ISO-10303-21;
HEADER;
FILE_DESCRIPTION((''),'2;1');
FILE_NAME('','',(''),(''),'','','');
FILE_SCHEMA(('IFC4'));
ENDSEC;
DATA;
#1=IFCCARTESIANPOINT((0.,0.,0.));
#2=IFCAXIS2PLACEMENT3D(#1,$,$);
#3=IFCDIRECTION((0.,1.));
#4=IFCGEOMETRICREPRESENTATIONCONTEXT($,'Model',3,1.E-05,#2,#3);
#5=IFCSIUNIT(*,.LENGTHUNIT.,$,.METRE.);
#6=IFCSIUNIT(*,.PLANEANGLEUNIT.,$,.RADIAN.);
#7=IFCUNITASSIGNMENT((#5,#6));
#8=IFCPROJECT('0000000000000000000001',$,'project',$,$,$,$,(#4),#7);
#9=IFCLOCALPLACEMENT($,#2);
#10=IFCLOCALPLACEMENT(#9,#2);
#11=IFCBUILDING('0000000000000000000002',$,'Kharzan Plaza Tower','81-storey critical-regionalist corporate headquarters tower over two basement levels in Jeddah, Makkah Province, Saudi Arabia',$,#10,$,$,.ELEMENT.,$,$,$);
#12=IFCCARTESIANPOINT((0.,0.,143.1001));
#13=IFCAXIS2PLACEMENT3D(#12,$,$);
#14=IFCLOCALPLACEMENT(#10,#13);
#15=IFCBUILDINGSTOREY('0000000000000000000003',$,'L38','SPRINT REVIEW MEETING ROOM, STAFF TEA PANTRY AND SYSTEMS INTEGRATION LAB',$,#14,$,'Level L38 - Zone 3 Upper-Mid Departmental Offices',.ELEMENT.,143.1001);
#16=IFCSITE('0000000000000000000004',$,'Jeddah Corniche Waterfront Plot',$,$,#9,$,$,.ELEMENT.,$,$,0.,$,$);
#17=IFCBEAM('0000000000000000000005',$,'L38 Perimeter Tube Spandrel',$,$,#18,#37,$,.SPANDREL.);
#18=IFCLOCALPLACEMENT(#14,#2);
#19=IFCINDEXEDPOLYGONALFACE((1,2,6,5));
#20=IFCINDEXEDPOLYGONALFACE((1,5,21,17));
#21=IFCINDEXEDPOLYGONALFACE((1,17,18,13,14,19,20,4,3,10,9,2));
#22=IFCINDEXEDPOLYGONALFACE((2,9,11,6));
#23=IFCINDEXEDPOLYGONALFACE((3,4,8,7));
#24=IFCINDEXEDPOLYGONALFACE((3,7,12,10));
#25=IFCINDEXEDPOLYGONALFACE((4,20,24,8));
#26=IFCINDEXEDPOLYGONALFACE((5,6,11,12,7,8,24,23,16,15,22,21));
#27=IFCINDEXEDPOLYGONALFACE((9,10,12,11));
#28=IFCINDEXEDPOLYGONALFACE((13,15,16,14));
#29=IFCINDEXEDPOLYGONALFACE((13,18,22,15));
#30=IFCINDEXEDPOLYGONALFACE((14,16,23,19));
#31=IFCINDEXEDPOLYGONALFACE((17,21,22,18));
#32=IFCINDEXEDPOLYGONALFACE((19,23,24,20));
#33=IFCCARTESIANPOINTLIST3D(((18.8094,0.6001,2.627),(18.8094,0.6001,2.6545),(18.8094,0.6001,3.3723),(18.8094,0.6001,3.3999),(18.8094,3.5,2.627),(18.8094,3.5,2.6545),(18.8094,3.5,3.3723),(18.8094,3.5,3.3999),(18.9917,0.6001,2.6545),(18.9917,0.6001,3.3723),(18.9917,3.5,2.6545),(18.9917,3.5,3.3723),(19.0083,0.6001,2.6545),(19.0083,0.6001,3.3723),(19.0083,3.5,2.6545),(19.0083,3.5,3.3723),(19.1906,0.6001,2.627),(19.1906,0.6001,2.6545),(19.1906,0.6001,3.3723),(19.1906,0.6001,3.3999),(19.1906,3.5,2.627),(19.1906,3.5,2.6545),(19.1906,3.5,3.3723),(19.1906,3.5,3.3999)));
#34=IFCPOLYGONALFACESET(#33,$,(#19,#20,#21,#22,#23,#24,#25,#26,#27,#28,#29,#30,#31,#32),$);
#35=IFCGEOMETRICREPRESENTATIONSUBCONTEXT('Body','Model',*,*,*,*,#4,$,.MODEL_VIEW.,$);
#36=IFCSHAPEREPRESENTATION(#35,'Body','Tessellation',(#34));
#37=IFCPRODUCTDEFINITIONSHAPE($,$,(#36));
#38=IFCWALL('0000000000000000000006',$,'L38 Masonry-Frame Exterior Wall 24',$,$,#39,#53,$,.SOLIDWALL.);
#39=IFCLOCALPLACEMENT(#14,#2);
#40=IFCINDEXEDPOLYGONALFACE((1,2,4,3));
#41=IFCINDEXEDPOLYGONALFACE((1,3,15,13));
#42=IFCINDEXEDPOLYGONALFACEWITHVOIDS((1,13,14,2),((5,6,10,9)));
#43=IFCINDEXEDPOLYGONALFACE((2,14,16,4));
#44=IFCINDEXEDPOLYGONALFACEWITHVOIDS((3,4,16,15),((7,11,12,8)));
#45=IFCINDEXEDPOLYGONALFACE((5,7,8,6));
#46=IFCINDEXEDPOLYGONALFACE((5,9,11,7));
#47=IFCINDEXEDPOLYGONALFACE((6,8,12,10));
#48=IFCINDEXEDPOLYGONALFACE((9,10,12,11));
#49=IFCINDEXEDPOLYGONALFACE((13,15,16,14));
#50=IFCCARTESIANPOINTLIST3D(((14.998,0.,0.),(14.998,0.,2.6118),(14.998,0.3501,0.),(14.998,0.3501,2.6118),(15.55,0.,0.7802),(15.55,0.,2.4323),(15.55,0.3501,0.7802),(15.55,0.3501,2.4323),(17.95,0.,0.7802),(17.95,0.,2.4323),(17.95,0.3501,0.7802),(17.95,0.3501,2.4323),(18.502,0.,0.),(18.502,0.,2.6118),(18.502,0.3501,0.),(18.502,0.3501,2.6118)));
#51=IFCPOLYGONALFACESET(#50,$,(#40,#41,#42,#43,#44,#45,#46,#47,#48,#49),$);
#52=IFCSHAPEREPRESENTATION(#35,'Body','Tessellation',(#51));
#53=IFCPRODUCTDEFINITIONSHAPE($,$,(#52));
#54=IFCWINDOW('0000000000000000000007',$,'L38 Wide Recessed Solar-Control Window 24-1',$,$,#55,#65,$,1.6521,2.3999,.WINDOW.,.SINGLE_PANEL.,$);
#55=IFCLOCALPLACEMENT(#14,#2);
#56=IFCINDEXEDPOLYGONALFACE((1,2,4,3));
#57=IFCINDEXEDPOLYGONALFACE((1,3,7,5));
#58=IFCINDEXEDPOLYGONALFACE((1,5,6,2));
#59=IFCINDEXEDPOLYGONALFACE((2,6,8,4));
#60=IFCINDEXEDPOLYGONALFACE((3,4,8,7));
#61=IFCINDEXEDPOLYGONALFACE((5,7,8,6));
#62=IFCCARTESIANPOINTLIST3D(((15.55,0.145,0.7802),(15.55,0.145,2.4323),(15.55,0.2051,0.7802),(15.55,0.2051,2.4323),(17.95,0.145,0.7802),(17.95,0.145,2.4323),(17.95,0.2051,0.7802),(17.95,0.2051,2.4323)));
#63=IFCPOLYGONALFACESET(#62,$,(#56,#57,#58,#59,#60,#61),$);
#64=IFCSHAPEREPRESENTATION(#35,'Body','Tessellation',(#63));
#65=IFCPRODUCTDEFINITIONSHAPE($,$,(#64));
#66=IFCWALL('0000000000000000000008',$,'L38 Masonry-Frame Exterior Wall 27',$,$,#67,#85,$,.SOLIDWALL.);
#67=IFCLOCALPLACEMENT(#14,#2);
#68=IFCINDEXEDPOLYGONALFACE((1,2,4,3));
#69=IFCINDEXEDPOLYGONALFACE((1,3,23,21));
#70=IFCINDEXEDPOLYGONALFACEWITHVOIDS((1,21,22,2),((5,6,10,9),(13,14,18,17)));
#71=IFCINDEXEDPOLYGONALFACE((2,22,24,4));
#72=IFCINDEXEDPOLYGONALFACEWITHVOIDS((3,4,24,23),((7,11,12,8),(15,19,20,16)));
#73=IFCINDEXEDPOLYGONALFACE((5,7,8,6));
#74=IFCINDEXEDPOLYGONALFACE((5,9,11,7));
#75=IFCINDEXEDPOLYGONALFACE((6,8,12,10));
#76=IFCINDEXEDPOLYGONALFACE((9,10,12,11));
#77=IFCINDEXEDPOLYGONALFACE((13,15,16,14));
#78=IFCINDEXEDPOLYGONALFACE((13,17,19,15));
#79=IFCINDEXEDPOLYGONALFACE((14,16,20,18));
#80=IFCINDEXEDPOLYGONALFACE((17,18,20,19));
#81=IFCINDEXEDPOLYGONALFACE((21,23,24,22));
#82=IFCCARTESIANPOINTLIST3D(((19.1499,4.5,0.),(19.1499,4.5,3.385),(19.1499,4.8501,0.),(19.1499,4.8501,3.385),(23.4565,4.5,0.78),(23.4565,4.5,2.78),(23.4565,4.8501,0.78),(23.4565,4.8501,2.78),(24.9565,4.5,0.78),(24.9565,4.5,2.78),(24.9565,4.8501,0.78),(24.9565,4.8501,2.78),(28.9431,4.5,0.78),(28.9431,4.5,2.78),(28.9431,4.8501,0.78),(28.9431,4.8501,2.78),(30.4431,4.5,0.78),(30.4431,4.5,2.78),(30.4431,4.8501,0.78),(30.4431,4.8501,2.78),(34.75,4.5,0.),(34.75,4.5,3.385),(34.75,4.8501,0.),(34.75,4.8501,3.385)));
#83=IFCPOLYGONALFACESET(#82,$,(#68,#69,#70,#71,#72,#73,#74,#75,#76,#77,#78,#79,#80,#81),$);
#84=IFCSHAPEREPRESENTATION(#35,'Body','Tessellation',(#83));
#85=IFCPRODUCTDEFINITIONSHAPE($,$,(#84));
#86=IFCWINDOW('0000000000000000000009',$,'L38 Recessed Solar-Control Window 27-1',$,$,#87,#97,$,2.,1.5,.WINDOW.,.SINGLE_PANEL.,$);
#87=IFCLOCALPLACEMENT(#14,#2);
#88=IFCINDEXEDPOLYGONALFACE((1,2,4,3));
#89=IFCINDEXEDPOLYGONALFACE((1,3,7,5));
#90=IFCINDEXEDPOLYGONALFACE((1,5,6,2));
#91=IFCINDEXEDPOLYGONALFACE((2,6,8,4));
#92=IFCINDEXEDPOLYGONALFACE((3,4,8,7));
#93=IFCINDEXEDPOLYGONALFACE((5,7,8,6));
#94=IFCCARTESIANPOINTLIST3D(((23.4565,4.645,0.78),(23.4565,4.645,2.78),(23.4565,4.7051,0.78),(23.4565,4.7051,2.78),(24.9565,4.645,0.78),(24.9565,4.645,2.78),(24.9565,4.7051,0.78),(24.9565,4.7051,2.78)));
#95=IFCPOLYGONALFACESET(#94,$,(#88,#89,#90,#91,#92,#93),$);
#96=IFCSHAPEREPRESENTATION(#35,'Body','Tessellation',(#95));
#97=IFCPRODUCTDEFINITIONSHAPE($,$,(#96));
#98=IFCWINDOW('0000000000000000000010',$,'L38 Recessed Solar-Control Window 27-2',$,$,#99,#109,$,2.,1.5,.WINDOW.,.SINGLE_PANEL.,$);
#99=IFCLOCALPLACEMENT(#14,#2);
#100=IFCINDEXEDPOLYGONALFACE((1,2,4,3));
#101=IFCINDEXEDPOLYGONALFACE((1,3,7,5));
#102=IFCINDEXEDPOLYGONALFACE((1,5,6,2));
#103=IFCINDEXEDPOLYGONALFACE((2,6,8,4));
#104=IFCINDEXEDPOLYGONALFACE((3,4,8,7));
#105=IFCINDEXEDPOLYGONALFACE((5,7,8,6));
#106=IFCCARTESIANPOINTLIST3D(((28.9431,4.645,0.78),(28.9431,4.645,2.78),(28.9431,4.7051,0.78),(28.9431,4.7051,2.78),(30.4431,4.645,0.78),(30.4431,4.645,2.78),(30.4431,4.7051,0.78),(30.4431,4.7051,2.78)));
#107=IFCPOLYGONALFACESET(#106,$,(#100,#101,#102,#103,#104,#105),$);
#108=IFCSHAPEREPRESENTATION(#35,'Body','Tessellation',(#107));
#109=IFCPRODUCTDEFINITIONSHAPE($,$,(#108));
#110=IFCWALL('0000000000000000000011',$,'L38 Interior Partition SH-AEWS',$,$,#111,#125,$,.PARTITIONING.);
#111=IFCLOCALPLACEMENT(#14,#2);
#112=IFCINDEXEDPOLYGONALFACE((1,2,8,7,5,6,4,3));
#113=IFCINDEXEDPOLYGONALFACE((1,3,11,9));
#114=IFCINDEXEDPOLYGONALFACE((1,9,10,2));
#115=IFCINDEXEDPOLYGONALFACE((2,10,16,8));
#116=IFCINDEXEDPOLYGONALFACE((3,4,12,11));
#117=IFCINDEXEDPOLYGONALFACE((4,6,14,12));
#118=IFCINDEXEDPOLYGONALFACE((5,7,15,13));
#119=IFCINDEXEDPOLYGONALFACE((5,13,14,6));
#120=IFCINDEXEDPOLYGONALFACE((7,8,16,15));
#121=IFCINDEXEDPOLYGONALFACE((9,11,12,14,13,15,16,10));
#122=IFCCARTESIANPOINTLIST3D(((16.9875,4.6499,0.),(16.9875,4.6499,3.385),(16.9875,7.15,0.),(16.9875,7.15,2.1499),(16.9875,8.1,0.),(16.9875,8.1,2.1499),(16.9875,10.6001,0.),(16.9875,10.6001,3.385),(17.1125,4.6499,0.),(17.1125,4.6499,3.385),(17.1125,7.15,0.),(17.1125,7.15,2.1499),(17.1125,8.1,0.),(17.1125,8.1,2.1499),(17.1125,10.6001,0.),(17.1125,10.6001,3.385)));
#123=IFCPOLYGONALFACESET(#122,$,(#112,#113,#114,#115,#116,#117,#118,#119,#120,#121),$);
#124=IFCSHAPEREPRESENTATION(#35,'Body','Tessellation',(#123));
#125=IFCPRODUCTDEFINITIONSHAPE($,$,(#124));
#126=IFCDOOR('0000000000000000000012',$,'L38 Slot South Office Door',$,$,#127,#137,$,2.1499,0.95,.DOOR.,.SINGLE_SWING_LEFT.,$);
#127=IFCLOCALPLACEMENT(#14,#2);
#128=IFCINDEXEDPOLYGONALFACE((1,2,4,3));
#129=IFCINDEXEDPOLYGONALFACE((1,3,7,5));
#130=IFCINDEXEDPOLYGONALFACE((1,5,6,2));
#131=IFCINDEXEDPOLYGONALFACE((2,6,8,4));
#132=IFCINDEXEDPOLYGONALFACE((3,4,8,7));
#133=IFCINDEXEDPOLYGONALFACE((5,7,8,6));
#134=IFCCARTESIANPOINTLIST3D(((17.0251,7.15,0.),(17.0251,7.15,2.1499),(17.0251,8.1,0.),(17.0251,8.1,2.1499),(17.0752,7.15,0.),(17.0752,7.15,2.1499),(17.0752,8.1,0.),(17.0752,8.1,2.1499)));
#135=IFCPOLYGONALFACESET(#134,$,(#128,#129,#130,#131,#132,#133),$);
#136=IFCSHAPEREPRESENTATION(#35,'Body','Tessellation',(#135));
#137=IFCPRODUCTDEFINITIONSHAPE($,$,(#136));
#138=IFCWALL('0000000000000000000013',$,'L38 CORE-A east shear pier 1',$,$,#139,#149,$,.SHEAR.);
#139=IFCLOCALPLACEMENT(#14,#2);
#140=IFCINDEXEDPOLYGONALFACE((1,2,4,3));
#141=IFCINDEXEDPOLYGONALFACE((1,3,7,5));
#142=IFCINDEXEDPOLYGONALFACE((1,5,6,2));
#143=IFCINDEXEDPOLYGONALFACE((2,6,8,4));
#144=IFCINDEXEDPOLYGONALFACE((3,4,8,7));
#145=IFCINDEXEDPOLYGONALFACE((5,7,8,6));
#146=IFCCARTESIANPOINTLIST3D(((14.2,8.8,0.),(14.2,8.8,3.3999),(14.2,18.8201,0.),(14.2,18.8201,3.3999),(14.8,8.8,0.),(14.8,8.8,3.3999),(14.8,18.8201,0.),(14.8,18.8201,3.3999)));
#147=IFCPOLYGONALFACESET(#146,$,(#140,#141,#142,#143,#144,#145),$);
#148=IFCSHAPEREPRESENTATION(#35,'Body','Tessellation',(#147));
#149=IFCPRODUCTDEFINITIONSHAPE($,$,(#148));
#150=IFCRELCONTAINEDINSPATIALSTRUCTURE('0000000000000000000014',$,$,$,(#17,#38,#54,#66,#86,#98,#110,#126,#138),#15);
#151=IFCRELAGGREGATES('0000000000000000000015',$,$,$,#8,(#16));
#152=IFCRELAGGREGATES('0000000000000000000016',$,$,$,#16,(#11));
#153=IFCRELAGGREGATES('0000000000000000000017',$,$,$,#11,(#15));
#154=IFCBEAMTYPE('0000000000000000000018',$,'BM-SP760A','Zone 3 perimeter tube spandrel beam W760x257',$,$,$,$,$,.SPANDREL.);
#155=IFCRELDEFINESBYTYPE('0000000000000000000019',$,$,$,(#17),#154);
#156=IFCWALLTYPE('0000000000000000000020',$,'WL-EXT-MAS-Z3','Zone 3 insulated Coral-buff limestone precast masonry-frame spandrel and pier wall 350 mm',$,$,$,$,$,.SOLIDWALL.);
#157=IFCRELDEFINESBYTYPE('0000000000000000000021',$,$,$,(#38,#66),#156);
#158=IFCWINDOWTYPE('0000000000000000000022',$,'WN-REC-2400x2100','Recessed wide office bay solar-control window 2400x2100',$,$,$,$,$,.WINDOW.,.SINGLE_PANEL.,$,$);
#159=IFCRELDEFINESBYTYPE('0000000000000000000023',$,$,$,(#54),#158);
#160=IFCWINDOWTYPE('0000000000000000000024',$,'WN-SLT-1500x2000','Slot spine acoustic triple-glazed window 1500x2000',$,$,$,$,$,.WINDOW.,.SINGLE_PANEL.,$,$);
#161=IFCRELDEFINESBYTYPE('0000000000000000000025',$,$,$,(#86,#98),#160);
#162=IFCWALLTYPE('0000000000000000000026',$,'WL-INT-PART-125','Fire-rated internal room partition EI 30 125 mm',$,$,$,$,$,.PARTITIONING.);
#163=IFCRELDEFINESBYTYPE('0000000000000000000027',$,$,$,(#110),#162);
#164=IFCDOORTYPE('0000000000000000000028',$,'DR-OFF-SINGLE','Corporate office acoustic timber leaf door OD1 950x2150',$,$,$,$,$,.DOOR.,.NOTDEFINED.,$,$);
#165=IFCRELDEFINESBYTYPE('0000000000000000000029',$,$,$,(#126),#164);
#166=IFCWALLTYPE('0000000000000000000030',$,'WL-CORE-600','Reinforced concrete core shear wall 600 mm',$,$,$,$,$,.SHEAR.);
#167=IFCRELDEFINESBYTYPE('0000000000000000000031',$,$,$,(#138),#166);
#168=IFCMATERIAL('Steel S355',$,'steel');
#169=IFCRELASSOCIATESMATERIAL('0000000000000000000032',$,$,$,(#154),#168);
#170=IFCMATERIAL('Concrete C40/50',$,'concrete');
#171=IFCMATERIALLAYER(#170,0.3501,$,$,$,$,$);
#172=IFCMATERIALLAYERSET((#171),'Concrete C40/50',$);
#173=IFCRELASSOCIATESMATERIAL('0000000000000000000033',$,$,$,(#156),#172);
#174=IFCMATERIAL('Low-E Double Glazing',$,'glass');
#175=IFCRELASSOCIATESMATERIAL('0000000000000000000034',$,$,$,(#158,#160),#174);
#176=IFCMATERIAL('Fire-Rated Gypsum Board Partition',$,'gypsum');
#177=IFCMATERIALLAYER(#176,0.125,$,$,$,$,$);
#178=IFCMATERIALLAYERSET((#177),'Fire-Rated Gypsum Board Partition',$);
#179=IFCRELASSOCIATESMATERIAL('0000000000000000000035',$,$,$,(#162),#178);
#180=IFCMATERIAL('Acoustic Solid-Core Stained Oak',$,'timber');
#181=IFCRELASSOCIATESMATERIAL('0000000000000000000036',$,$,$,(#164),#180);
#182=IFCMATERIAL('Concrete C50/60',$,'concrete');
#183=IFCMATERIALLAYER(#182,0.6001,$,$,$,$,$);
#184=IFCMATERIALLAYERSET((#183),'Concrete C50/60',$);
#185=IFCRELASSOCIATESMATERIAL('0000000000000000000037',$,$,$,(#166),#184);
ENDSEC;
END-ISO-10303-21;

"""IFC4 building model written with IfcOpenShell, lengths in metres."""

from ifc_helpers import new_model, si_unit, direction, frame, frame_2d, origin, origin_2d, place, context, subcontext, project, spatial, rectangle, i_section, extrude, source, transform, mapped, material, layer, layer_set, material_profile, profile_set, type_object, element, fill, save


model = new_model("IFC4")

# Units and contexts
model_context = context("Model", 3, precision=1e-05, world=origin(), true_north=direction((0.0, 1.0)))
body_context = subcontext(model_context, "Body", "Model", "MODEL_VIEW")
ifc_project = project(units=[si_unit("LENGTHUNIT", "METRE"), si_unit("PLANEANGLEUNIT", "RADIAN")], contexts=[model_context])

# Site, building, storey
site_placement = place(None, origin())
site = spatial("IfcSite", under=ifc_project, at=site_placement, Name="Jeddah Corniche Waterfront Plot", CompositionType="ELEMENT", RefElevation=0.0)
building_placement = place(site_placement, origin())
building = spatial("IfcBuilding", under=site, at=building_placement, Name="Kharzan Plaza Tower", Description="81-storey critical-regionalist corporate headquarters tower over two basement levels in Jeddah, Makkah Province, Saudi Arabia", CompositionType="ELEMENT")
storey_placement = place(building_placement, frame((0.0, 0.0, 143.1001)))
storey = spatial("IfcBuildingStorey", under=building, at=storey_placement, Name="L38", Description="SPRINT REVIEW MEETING ROOM, STAFF TEA PANTRY AND SYSTEMS INTEGRATION LAB", LongName="Level L38 - Zone 3 Upper-Mid Departmental Offices", CompositionType="ELEMENT", Elevation=143.1001)

# Shared definitions
ifc_material_1 = material(Name="Concrete C50/60", Category="concrete")

# Beam
ifc_material_2 = material(Name="Steel S355", Category="steel")
ifc_material_profile_1 = material_profile(ifc_material_2, i_section(OverallWidth=0.3811, OverallDepth=0.7729, WebThickness=0.0166, FlangeThickness=0.0276, at=origin_2d()), Name="W760x257")
ifc_profile_set_1 = profile_set([ifc_material_profile_1], Name="Steel S355")
beam_type_1 = type_object("IfcBeamType", Name="BM-SP760A", Description="Zone 3 perimeter tube spandrel beam W760x257", PredefinedType="SPANDREL", material=ifc_profile_set_1)
shared_shape_1 = source(origin(), body_context, "Body", "SweptSolid", [
    extrude(i_section(OverallWidth=0.3811, OverallDepth=0.7729, WebThickness=0.0166, FlangeThickness=0.0276, at=origin_2d()), origin(), (0.0, 0.0, 1.0), 2.8999),
])
beam_1_placement = place(storey_placement, frame((19.0, 0.6001, 3.0134), z_axis=(0.0, 1.0, 0.0), x_axis=(-1.0, 0.0, 0.0)))
element("IfcBeam", 1, at=beam_1_placement, inside=storey, type_object=beam_type_1, Name="L38 Perimeter Tube Spandrel", PredefinedType="SPANDREL", context=body_context, shape_type="MappedRepresentation", body=[
    mapped(shared_shape_1, transform((0.0, 0.0, 0.0), x_axis=(1.0, 0.0, 0.0), y_axis=(0.0, 1.0, 0.0), z_axis=(0.0, 0.0, 1.0))),
])

# Wall, opening, window
ifc_material_3 = material(Name="Concrete C40/50", Category="concrete")
ifc_layer_1 = layer(ifc_material_3, 0.3501)
ifc_layer_set_1 = layer_set([ifc_layer_1], Name="Concrete C40/50")
wall_type_1 = type_object("IfcWallType", Name="WL-EXT-MAS-Z3", Description="Zone 3 insulated Coral-buff limestone precast masonry-frame spandrel and pier wall 350 mm", PredefinedType="SOLIDWALL", material=ifc_layer_set_1)
wall_1_placement = place(storey_placement, frame((14.998, 0.175, 0.0), z_axis=(0.0, 0.0, 1.0), x_axis=(1.0, 0.0, 0.0)))
wall_1 = element("IfcWall", 2, at=wall_1_placement, inside=storey, type_object=wall_type_1, Name="L38 Masonry-Frame Exterior Wall 24", PredefinedType="SOLIDWALL", context=body_context, shape_type="SweptSolid", body=[
    extrude(rectangle(XDim=3.5039, YDim=0.3501, at=frame_2d((1.752, 0.0))), origin(), (0.0, 0.0, 1.0), 2.6118),
])
opening_1_placement = place(wall_1_placement, frame((0.552, 0.0, 0.78)))
opening_1 = element("IfcOpeningElement", 3, at=opening_1_placement, cuts=wall_1, PredefinedType="OPENING", context=body_context, shape_type="SweptSolid", body=[
    extrude(rectangle(XDim=2.3999, YDim=1.6521, at=frame_2d((1.2, 0.8262))), frame((0.0, 0.1851, 0.0), z_axis=(0.0, -1.0, 0.0), x_axis=(1.0, 0.0, 0.0)), (0.0, 0.0, 1.0), 0.3701),
])
ifc_material_4 = material(Name="Low-E Double Glazing", Category="glass")
window_type_1 = type_object("IfcWindowType", Name="WN-REC-2400x2100", Description="Recessed wide office bay solar-control window 2400x2100", PartitioningType="SINGLE_PANEL", PredefinedType="WINDOW", material=ifc_material_4)
shared_shape_2 = source(origin(), body_context, "Body", "SweptSolid", [
    extrude(rectangle(XDim=2.3999, YDim=1.6521, at=frame_2d((1.2, 0.8262))), frame((0.0, 0.03, 0.0), z_axis=(0.0, -1.0, 0.0), x_axis=(1.0, 0.0, 0.0)), (0.0, 0.0, 1.0), 0.0601),
])
window_1_placement = place(opening_1_placement, origin())
window_1 = element("IfcWindow", 4, at=window_1_placement, inside=storey, type_object=window_type_1, Name="L38 Wide Recessed Solar-Control Window 24-1", OverallHeight=1.6521, OverallWidth=2.3999, PartitioningType="SINGLE_PANEL", PredefinedType="WINDOW", context=body_context, shape_type="MappedRepresentation", body=[
    mapped(shared_shape_2, transform((0.0, 0.0, 0.0), x_axis=(1.0, 0.0, 0.0), y_axis=(0.0, 1.0, 0.0), z_axis=(0.0, 0.0, 1.0))),
])
fill(opening_1, window_1)

# Wall, openings, windows
wall_2_placement = place(storey_placement, frame((19.1499, 4.675, 0.0), z_axis=(0.0, 0.0, 1.0), x_axis=(1.0, 0.0, 0.0)))
wall_2 = element("IfcWall", 5, at=wall_2_placement, inside=storey, type_object=wall_type_1, Name="L38 Masonry-Frame Exterior Wall 27", PredefinedType="SOLIDWALL", context=body_context, shape_type="SweptSolid", body=[
    extrude(rectangle(XDim=15.6001, YDim=0.3501, at=frame_2d((7.8, 0.0))), origin(), (0.0, 0.0, 1.0), 3.385),
])
opening_2_placement = place(wall_2_placement, frame((4.3066, 0.0, 0.78)))
opening_2 = element("IfcOpeningElement", 6, at=opening_2_placement, cuts=wall_2, PredefinedType="OPENING", context=body_context, shape_type="SweptSolid", body=[
    extrude(rectangle(XDim=1.5, YDim=2.0, at=frame_2d((0.75, 1.0))), frame((0.0, 0.1851, 0.0), z_axis=(0.0, -1.0, 0.0), x_axis=(1.0, 0.0, 0.0)), (0.0, 0.0, 1.0), 0.3701),
])
opening_3_placement = place(wall_2_placement, frame((9.7932, 0.0, 0.78)))
opening_3 = element("IfcOpeningElement", 7, at=opening_3_placement, cuts=wall_2, PredefinedType="OPENING", context=body_context, shape_type="SweptSolid", body=[
    extrude(rectangle(XDim=1.5, YDim=2.0, at=frame_2d((0.75, 1.0))), frame((0.0, 0.1851, 0.0), z_axis=(0.0, -1.0, 0.0), x_axis=(1.0, 0.0, 0.0)), (0.0, 0.0, 1.0), 0.3701),
])
window_type_2 = type_object("IfcWindowType", Name="WN-SLT-1500x2000", Description="Slot spine acoustic triple-glazed window 1500x2000", PartitioningType="SINGLE_PANEL", PredefinedType="WINDOW", material=ifc_material_4)
shared_shape_3 = source(origin(), body_context, "Body", "SweptSolid", [
    extrude(rectangle(XDim=1.5, YDim=2.0, at=frame_2d((0.75, 1.0))), frame((0.0, 0.03, 0.0), z_axis=(0.0, -1.0, 0.0), x_axis=(1.0, 0.0, 0.0)), (0.0, 0.0, 1.0), 0.0601),
])
window_2_placement = place(opening_2_placement, origin())
window_2 = element("IfcWindow", 8, at=window_2_placement, inside=storey, type_object=window_type_2, Name="L38 Recessed Solar-Control Window 27-1", OverallHeight=2.0, OverallWidth=1.5, PartitioningType="SINGLE_PANEL", PredefinedType="WINDOW", context=body_context, shape_type="MappedRepresentation", body=[
    mapped(shared_shape_3, transform((0.0, 0.0, 0.0), x_axis=(1.0, 0.0, 0.0), y_axis=(0.0, 1.0, 0.0), z_axis=(0.0, 0.0, 1.0))),
])
fill(opening_2, window_2)
window_3_placement = place(opening_3_placement, origin())
window_3 = element("IfcWindow", 9, at=window_3_placement, inside=storey, type_object=window_type_2, Name="L38 Recessed Solar-Control Window 27-2", OverallHeight=2.0, OverallWidth=1.5, PartitioningType="SINGLE_PANEL", PredefinedType="WINDOW", context=body_context, shape_type="MappedRepresentation", body=[
    mapped(shared_shape_3, transform((0.0, 0.0, 0.0), x_axis=(1.0, 0.0, 0.0), y_axis=(0.0, 1.0, 0.0), z_axis=(0.0, 0.0, 1.0))),
])
fill(opening_3, window_3)

# Wall, opening, door
ifc_material_5 = material(Name="Fire-Rated Gypsum Board Partition", Category="gypsum")
ifc_layer_2 = layer(ifc_material_5, 0.125)
ifc_layer_set_2 = layer_set([ifc_layer_2], Name="Fire-Rated Gypsum Board Partition")
wall_type_2 = type_object("IfcWallType", Name="WL-INT-PART-125", Description="Fire-rated internal room partition EI 30 125 mm", PredefinedType="PARTITIONING", material=ifc_layer_set_2)
wall_3_placement = place(storey_placement, frame((17.05, 4.6499, 0.0), z_axis=(0.0, 0.0, 1.0), x_axis=(0.0, 1.0, 0.0)))
wall_3 = element("IfcWall", 10, at=wall_3_placement, inside=storey, type_object=wall_type_2, Name="L38 Interior Partition SH-AEWS", PredefinedType="PARTITIONING", context=body_context, shape_type="SweptSolid", body=[
    extrude(rectangle(XDim=5.9502, YDim=0.125, at=frame_2d((2.9751, 0.0))), origin(), (0.0, 0.0, 1.0), 3.385),
])
opening_4_placement = place(wall_3_placement, frame((2.5, 0.0, 0.0)))
opening_4 = element("IfcOpeningElement", 11, at=opening_4_placement, cuts=wall_3, PredefinedType="OPENING", context=body_context, shape_type="SweptSolid", body=[
    extrude(rectangle(XDim=0.95, YDim=2.1499, at=frame_2d((0.4751, 1.075))), frame((0.0, 0.0725, 0.0), z_axis=(0.0, -1.0, 0.0), x_axis=(1.0, 0.0, 0.0)), (0.0, 0.0, 1.0), 0.145),
])
ifc_material_6 = material(Name="Acoustic Solid-Core Stained Oak", Category="timber")
door_type = type_object("IfcDoorType", Name="DR-OFF-SINGLE", Description="Corporate office acoustic timber leaf door OD1 950x2150", OperationType="NOTDEFINED", PredefinedType="DOOR", material=ifc_material_6)
shared_shape_4 = source(origin(), body_context, "Body", "SweptSolid", [
    extrude(rectangle(XDim=0.95, YDim=2.1499, at=frame_2d((0.4751, 1.075))), frame((0.0, 0.0249, 0.0), z_axis=(0.0, -1.0, 0.0), x_axis=(1.0, 0.0, 0.0)), (0.0, 0.0, 1.0), 0.05),
])
door_placement = place(opening_4_placement, origin())
door = element("IfcDoor", 12, at=door_placement, inside=storey, type_object=door_type, Name="L38 Slot South Office Door", OperationType="SINGLE_SWING_LEFT", OverallHeight=2.1499, OverallWidth=0.95, PredefinedType="DOOR", context=body_context, shape_type="MappedRepresentation", body=[
    mapped(shared_shape_4, transform((0.0, 0.0, 0.0), x_axis=(1.0, 0.0, 0.0), y_axis=(0.0, 1.0, 0.0), z_axis=(0.0, 0.0, 1.0))),
])
fill(opening_4, door)

# Wall
ifc_layer_3 = layer(ifc_material_1, 0.6001)
ifc_layer_set_3 = layer_set([ifc_layer_3], Name="Concrete C50/60")
wall_type_3 = type_object("IfcWallType", Name="WL-CORE-600", Description="Reinforced concrete core shear wall 600 mm", PredefinedType="SHEAR", material=ifc_layer_set_3)
shared_shape_5 = source(origin(), body_context, "Body", "SweptSolid", [
    extrude(rectangle(XDim=10.02, YDim=0.6001, at=frame_2d((5.01, 0.0))), origin(), (0.0, 0.0, 1.0), 3.3999),
])
wall_4_placement = place(storey_placement, frame((14.5, 8.8, 0.0), z_axis=(0.0, 0.0, 1.0), x_axis=(0.0, 1.0, 0.0)))
element("IfcWall", 13, at=wall_4_placement, inside=storey, type_object=wall_type_3, Name="L38 CORE-A east shear pier 1", PredefinedType="SHEAR", context=body_context, shape_type="MappedRepresentation", body=[
    mapped(shared_shape_5, transform((0.0, 0.0, 0.0), x_axis=(1.0, 0.0, 0.0), y_axis=(0.0, 1.0, 0.0), z_axis=(0.0, 0.0, 1.0))),
])

save(model, "model.ifc")
